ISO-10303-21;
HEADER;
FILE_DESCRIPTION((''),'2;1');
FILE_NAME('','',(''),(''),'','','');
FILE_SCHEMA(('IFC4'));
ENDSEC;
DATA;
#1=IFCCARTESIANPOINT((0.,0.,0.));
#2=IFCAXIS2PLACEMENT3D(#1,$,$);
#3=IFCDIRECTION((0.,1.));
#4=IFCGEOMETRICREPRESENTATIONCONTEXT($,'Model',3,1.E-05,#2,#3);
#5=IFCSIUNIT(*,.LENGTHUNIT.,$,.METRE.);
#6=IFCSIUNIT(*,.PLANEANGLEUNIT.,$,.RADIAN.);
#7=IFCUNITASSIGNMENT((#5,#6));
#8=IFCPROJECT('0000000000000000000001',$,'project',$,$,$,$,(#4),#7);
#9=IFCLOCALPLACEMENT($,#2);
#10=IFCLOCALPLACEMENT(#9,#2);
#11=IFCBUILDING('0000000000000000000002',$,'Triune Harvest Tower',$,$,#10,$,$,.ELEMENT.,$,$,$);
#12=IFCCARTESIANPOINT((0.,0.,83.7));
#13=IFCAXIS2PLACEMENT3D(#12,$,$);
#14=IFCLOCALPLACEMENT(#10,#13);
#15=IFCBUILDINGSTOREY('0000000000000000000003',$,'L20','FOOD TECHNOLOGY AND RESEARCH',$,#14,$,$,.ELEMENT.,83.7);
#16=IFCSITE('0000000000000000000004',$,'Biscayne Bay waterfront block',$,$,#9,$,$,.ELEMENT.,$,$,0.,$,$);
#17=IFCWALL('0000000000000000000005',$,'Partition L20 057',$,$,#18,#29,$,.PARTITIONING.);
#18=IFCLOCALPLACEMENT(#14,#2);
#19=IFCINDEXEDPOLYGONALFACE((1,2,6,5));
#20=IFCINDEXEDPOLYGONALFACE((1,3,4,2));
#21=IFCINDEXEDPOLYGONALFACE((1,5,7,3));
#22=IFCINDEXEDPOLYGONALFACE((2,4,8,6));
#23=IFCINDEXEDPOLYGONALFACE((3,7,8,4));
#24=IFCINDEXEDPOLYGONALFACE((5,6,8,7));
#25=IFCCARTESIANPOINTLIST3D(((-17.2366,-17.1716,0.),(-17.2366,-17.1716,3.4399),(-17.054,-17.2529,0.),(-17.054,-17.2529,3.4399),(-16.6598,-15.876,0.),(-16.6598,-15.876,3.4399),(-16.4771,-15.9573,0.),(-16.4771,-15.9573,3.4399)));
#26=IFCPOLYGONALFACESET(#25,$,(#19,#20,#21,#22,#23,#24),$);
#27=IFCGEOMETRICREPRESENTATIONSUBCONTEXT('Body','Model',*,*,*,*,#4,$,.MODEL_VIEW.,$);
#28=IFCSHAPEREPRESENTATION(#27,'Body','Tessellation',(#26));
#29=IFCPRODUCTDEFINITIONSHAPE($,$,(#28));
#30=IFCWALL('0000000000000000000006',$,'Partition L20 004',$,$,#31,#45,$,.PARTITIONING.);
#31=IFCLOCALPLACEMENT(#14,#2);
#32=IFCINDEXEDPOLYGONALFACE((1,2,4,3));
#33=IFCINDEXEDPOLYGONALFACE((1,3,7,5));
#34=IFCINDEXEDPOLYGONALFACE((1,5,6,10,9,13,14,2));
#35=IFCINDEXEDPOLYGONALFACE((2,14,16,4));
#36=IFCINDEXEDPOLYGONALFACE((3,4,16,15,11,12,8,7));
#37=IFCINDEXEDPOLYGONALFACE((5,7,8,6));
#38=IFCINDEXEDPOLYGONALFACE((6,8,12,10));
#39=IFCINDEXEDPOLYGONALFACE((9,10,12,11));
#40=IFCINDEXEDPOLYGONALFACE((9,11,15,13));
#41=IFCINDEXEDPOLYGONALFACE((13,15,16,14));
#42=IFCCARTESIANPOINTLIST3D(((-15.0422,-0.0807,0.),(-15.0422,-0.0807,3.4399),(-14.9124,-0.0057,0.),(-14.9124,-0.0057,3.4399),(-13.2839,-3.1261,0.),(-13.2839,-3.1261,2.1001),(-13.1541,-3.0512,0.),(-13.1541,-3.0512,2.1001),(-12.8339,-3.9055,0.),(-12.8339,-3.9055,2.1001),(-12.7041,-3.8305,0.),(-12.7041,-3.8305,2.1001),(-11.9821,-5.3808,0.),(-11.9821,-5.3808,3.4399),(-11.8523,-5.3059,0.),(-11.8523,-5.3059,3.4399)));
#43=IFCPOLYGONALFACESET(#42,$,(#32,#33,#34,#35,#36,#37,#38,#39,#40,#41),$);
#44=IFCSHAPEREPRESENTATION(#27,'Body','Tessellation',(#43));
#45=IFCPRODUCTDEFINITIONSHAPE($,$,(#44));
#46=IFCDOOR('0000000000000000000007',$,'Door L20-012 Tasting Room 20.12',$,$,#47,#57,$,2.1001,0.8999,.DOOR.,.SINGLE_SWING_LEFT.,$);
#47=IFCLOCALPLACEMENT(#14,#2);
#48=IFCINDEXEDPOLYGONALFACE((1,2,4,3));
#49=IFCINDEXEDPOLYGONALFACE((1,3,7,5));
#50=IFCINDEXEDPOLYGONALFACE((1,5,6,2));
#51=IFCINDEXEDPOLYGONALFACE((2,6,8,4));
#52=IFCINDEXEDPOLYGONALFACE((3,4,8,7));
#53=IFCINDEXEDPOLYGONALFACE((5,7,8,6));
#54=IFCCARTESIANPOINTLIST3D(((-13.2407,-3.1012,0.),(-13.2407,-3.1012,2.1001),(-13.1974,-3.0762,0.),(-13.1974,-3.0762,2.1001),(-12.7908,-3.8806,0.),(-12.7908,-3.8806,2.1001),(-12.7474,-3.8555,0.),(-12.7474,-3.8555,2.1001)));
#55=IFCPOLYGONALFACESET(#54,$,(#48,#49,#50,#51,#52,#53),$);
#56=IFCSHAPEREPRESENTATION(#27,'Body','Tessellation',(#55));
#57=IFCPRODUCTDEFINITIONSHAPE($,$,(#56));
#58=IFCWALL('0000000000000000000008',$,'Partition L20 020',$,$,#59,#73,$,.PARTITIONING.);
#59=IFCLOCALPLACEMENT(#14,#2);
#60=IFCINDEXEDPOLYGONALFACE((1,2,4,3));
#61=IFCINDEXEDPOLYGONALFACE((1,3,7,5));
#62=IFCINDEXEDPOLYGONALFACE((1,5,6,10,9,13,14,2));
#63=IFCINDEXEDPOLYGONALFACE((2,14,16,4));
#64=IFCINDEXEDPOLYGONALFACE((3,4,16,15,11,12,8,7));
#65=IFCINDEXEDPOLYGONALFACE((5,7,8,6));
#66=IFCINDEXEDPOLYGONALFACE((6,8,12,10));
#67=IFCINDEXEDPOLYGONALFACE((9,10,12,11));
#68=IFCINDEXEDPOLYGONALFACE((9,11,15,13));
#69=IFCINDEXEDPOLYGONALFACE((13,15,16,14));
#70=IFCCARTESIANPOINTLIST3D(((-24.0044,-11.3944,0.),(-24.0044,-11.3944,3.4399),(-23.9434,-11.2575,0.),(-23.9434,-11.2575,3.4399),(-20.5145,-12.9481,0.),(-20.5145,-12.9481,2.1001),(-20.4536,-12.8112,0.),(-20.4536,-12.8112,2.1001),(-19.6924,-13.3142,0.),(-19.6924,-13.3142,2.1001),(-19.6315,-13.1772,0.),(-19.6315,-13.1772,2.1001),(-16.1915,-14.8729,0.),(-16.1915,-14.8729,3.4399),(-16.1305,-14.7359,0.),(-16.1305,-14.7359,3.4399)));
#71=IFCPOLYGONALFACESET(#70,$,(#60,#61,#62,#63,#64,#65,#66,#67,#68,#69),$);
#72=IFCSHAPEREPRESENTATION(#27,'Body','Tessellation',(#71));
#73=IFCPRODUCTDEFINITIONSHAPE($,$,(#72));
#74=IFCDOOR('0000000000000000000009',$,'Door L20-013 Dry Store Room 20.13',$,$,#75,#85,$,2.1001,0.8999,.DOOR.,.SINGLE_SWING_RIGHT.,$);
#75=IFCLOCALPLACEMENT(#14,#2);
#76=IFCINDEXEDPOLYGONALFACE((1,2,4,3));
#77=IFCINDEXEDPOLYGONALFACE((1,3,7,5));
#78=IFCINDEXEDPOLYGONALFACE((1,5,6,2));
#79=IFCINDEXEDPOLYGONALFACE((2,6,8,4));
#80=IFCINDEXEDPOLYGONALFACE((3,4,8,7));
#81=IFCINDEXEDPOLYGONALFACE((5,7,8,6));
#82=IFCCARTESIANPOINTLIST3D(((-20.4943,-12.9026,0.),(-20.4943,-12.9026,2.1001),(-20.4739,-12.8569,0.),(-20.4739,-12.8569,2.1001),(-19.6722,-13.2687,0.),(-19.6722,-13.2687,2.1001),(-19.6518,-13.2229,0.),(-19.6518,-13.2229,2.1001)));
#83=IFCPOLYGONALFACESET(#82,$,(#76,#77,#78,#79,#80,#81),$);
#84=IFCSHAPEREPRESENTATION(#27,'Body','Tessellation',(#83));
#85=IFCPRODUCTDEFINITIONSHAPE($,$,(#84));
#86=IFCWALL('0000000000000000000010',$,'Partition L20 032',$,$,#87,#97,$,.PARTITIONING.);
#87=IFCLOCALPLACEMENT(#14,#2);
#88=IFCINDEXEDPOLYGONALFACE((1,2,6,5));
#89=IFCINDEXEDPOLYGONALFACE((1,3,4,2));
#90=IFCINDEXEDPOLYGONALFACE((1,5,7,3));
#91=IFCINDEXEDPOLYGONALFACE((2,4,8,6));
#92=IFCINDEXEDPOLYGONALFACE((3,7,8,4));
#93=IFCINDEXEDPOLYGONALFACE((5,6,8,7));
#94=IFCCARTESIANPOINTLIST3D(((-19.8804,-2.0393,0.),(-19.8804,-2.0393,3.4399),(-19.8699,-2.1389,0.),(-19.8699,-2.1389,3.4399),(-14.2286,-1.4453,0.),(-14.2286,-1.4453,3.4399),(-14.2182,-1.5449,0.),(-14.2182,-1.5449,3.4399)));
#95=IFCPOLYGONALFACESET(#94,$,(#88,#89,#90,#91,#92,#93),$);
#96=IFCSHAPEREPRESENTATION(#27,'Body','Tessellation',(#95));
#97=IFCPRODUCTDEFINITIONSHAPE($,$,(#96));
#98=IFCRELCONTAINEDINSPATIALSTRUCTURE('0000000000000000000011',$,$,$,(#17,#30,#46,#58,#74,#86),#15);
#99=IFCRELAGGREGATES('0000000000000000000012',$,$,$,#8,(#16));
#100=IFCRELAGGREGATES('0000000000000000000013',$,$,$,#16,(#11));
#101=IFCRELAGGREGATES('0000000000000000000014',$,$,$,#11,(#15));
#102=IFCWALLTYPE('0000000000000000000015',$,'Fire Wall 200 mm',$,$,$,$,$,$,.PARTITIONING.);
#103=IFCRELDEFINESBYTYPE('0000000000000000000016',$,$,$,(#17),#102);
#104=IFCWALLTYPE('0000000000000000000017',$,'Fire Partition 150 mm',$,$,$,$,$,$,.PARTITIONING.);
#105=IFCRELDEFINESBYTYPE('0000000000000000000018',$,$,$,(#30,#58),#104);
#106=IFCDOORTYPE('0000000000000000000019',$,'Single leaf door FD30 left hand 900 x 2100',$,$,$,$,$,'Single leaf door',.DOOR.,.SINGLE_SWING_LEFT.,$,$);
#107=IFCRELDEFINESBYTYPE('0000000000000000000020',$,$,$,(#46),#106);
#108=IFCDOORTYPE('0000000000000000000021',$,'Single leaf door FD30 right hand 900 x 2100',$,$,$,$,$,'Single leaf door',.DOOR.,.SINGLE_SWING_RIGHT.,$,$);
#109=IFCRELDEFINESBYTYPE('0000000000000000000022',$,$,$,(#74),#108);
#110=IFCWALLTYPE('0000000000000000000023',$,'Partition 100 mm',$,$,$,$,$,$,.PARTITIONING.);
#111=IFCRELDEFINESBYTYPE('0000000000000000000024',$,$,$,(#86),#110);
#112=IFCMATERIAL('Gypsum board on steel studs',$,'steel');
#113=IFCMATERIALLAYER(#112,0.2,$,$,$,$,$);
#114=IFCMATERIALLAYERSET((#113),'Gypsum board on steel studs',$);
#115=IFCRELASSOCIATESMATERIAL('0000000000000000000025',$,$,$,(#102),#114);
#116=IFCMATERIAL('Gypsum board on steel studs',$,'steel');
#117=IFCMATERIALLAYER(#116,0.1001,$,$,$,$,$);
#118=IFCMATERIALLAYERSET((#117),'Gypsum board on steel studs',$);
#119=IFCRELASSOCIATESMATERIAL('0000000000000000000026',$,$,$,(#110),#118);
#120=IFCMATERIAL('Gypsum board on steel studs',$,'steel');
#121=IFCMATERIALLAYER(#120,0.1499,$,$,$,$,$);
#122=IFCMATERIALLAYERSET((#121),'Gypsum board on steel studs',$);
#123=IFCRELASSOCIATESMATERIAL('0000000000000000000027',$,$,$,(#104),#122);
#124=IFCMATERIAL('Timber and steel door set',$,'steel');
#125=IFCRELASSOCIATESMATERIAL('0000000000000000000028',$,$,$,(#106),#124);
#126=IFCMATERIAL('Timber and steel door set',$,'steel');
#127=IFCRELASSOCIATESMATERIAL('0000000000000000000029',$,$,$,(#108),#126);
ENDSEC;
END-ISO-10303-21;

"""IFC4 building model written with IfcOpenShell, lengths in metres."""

from ifc_helpers import new_model, si_unit, direction, frame, frame_2d, origin, place, context, subcontext, project, spatial, rectangle, extrude, source, transform, mapped, material, layer, layer_set, type_object, element, fill, save


model = new_model("IFC4")

# Units and contexts
model_context = context("Model", 3, precision=1e-05, world=origin(), true_north=direction((0.0, 1.0)))
body_context = subcontext(model_context, "Body", "Model", "MODEL_VIEW")
ifc_project = project(units=[si_unit("LENGTHUNIT", "METRE"), si_unit("PLANEANGLEUNIT", "RADIAN")], contexts=[model_context])

# Site, building, storey
site_placement = place(None, origin())
site = spatial("IfcSite", under=ifc_project, at=site_placement, Name="Biscayne Bay waterfront block", CompositionType="ELEMENT", RefElevation=0.0)
building_placement = place(site_placement, origin())
building = spatial("IfcBuilding", under=site, at=building_placement, Name="Triune Harvest Tower", CompositionType="ELEMENT")
storey_placement = place(building_placement, frame((0.0, 0.0, 83.7)))
storey = spatial("IfcBuildingStorey", under=building, at=storey_placement, Name="L20", Description="FOOD TECHNOLOGY AND RESEARCH", CompositionType="ELEMENT", Elevation=83.7)

# Wall
ifc_material_1 = material(Name="Gypsum board on steel studs", Category="steel")
ifc_layer_1 = layer(ifc_material_1, 0.2)
ifc_layer_set_1 = layer_set([ifc_layer_1], Name="Gypsum board on steel studs")
wall_type_1 = type_object("IfcWallType", Name="Fire Wall 200 mm", PredefinedType="PARTITIONING", material=ifc_layer_set_1)
ifc_material_2 = material(Name="Gypsum board on steel studs", Category="steel")
ifc_layer_2 = layer(ifc_material_2, 0.1001)
ifc_layer_set_2 = layer_set([ifc_layer_2], Name="Gypsum board on steel studs")
wall_type_2 = type_object("IfcWallType", Name="Partition 100 mm", PredefinedType="PARTITIONING", material=ifc_layer_set_2)
shared_shape_1 = source(origin(), body_context, "Body", "SweptSolid", [
    extrude(rectangle(XDim=1.4182, YDim=0.2, at=frame_2d((0.709, 0.0))), origin(), (0.0, 0.0, 1.0), 3.4399),
])
wall_1_placement = place(storey_placement, frame((-17.1453, -17.2122, 0.0), z_axis=(0.0, 0.0, 1.0), x_axis=(0.406761, 0.913534, 0.0)))
element("IfcWall", 1, at=wall_1_placement, inside=storey, type_object=wall_type_1, Name="Partition L20 057", PredefinedType="PARTITIONING", context=body_context, shape_type="MappedRepresentation", body=[
    mapped(shared_shape_1, transform((0.0, 0.0, 0.0), scale=1.0)),
])

# Walls, openings, doors
ifc_material_3 = material(Name="Gypsum board on steel studs", Category="steel")
ifc_layer_3 = layer(ifc_material_3, 0.1499)
ifc_layer_set_3 = layer_set([ifc_layer_3], Name="Gypsum board on steel studs")
wall_type_3 = type_object("IfcWallType", Name="Fire Partition 150 mm", PredefinedType="PARTITIONING", material=ifc_layer_set_3)
shared_shape_2 = source(origin(), body_context, "Body", "SweptSolid", [
    extrude(rectangle(XDim=6.1201, YDim=0.1499, at=frame_2d((3.0601, 0.0))), origin(), (0.0, 0.0, 1.0), 3.4399),
])
wall_2_placement = place(storey_placement, frame((-14.9773, -0.0432, 0.0), z_axis=(0.0, 0.0, 1.0), x_axis=(0.500009, -0.86602, 0.0)))
wall_2 = element("IfcWall", 2, at=wall_2_placement, inside=storey, type_object=wall_type_3, Name="Partition L20 004", PredefinedType="PARTITIONING", context=body_context, shape_type="MappedRepresentation", body=[
    mapped(shared_shape_2, transform((0.0, 0.0, 0.0), scale=1.0)),
])
opening_1_placement = place(wall_2_placement, frame((3.5166, 0.0, 0.0)))
opening_1 = element("IfcOpeningElement", 3, at=opening_1_placement, cuts=wall_2, PredefinedType="OPENING", context=body_context, shape_type="SweptSolid", body=[
    extrude(rectangle(XDim=0.8999, YDim=2.1001, at=frame_2d((0.45, 1.05))), frame((0.0, 0.085, 0.0), z_axis=(0.0, -1.0, 0.0), x_axis=(1.0, 0.0, 0.0)), (0.0, 0.0, 1.0), 0.1699),
])
ifc_material_4 = material(Name="Timber and steel door set", Category="steel")
door_type_1 = type_object("IfcDoorType", Name="Single leaf door FD30 left hand 900 x 2100", ElementType="Single leaf door", OperationType="SINGLE_SWING_LEFT", PredefinedType="DOOR", material=ifc_material_4)
door_1_placement = place(opening_1_placement, origin())
door_1 = element("IfcDoor", 4, at=door_1_placement, inside=storey, type_object=door_type_1, Name="Door L20-012 Tasting Room 20.12", OperationType="SINGLE_SWING_LEFT", OverallHeight=2.1001, OverallWidth=0.8999, PredefinedType="DOOR", context=body_context, shape_type="SweptSolid", body=[
    extrude(rectangle(XDim=0.8999, YDim=2.1001, at=frame_2d((0.45, 1.05))), frame((0.0, 0.0249, 0.0), z_axis=(0.0, -1.0, 0.0), x_axis=(1.0, 0.0, 0.0)), (0.0, 0.0, 1.0), 0.05),
])
fill(opening_1, door_1)
shared_shape_3 = source(origin(), body_context, "Body", "SweptSolid", [
    extrude(rectangle(XDim=8.5522, YDim=0.1499, at=frame_2d((4.2761, 0.0))), origin(), (0.0, 0.0, 1.0), 3.4399),
])
wall_3_placement = place(storey_placement, frame((-23.9739, -11.3259, 0.0), z_axis=(0.0, 0.0, 1.0), x_axis=(0.913548, -0.406732, 0.0)))
wall_3 = element("IfcWall", 5, at=wall_3_placement, inside=storey, type_object=wall_type_3, Name="Partition L20 020", PredefinedType="PARTITIONING", context=body_context, shape_type="MappedRepresentation", body=[
    mapped(shared_shape_3, transform((0.0, 0.0, 0.0), scale=1.0)),
])
opening_2_placement = place(wall_3_placement, frame((3.8201, 0.0, 0.0)))
opening_2 = element("IfcOpeningElement", 6, at=opening_2_placement, cuts=wall_3, PredefinedType="OPENING", context=body_context, shape_type="SweptSolid", body=[
    extrude(rectangle(XDim=0.8999, YDim=2.1001, at=frame_2d((0.45, 1.05))), frame((0.0, 0.085, 0.0), z_axis=(0.0, -1.0, 0.0), x_axis=(1.0, 0.0, 0.0)), (0.0, 0.0, 1.0), 0.1699),
])
ifc_material_5 = material(Name="Timber and steel door set", Category="steel")
door_type_2 = type_object("IfcDoorType", Name="Single leaf door FD30 right hand 900 x 2100", ElementType="Single leaf door", OperationType="SINGLE_SWING_RIGHT", PredefinedType="DOOR", material=ifc_material_5)
door_2_placement = place(opening_2_placement, origin())
door_2 = element("IfcDoor", 7, at=door_2_placement, inside=storey, type_object=door_type_2, Name="Door L20-013 Dry Store Room 20.13", OperationType="SINGLE_SWING_RIGHT", OverallHeight=2.1001, OverallWidth=0.8999, PredefinedType="DOOR", context=body_context, shape_type="SweptSolid", body=[
    extrude(rectangle(XDim=0.8999, YDim=2.1001, at=frame_2d((0.45, 1.05))), frame((0.0, 0.0249, 0.0), z_axis=(0.0, -1.0, 0.0), x_axis=(1.0, 0.0, 0.0)), (0.0, 0.0, 1.0), 0.05),
])
fill(opening_2, door_2)

# Wall
shared_shape_4 = source(origin(), body_context, "Body", "SweptSolid", [
    extrude(rectangle(XDim=5.6829, YDim=0.1001, at=frame_2d((2.8413, 0.0))), origin(), (0.0, 0.0, 1.0), 3.4399),
])
wall_4_placement = place(storey_placement, frame((-19.875, -2.0891, 0.0), z_axis=(0.0, 0.0, 1.0), x_axis=(0.994522, 0.104526, 0.0)))
element("IfcWall", 8, at=wall_4_placement, inside=storey, type_object=wall_type_2, Name="Partition L20 032", PredefinedType="PARTITIONING", context=body_context, shape_type="MappedRepresentation", body=[
    mapped(shared_shape_4, transform((0.0, 0.0, 0.0), scale=1.0)),
])

save(model, "model.ifc")
